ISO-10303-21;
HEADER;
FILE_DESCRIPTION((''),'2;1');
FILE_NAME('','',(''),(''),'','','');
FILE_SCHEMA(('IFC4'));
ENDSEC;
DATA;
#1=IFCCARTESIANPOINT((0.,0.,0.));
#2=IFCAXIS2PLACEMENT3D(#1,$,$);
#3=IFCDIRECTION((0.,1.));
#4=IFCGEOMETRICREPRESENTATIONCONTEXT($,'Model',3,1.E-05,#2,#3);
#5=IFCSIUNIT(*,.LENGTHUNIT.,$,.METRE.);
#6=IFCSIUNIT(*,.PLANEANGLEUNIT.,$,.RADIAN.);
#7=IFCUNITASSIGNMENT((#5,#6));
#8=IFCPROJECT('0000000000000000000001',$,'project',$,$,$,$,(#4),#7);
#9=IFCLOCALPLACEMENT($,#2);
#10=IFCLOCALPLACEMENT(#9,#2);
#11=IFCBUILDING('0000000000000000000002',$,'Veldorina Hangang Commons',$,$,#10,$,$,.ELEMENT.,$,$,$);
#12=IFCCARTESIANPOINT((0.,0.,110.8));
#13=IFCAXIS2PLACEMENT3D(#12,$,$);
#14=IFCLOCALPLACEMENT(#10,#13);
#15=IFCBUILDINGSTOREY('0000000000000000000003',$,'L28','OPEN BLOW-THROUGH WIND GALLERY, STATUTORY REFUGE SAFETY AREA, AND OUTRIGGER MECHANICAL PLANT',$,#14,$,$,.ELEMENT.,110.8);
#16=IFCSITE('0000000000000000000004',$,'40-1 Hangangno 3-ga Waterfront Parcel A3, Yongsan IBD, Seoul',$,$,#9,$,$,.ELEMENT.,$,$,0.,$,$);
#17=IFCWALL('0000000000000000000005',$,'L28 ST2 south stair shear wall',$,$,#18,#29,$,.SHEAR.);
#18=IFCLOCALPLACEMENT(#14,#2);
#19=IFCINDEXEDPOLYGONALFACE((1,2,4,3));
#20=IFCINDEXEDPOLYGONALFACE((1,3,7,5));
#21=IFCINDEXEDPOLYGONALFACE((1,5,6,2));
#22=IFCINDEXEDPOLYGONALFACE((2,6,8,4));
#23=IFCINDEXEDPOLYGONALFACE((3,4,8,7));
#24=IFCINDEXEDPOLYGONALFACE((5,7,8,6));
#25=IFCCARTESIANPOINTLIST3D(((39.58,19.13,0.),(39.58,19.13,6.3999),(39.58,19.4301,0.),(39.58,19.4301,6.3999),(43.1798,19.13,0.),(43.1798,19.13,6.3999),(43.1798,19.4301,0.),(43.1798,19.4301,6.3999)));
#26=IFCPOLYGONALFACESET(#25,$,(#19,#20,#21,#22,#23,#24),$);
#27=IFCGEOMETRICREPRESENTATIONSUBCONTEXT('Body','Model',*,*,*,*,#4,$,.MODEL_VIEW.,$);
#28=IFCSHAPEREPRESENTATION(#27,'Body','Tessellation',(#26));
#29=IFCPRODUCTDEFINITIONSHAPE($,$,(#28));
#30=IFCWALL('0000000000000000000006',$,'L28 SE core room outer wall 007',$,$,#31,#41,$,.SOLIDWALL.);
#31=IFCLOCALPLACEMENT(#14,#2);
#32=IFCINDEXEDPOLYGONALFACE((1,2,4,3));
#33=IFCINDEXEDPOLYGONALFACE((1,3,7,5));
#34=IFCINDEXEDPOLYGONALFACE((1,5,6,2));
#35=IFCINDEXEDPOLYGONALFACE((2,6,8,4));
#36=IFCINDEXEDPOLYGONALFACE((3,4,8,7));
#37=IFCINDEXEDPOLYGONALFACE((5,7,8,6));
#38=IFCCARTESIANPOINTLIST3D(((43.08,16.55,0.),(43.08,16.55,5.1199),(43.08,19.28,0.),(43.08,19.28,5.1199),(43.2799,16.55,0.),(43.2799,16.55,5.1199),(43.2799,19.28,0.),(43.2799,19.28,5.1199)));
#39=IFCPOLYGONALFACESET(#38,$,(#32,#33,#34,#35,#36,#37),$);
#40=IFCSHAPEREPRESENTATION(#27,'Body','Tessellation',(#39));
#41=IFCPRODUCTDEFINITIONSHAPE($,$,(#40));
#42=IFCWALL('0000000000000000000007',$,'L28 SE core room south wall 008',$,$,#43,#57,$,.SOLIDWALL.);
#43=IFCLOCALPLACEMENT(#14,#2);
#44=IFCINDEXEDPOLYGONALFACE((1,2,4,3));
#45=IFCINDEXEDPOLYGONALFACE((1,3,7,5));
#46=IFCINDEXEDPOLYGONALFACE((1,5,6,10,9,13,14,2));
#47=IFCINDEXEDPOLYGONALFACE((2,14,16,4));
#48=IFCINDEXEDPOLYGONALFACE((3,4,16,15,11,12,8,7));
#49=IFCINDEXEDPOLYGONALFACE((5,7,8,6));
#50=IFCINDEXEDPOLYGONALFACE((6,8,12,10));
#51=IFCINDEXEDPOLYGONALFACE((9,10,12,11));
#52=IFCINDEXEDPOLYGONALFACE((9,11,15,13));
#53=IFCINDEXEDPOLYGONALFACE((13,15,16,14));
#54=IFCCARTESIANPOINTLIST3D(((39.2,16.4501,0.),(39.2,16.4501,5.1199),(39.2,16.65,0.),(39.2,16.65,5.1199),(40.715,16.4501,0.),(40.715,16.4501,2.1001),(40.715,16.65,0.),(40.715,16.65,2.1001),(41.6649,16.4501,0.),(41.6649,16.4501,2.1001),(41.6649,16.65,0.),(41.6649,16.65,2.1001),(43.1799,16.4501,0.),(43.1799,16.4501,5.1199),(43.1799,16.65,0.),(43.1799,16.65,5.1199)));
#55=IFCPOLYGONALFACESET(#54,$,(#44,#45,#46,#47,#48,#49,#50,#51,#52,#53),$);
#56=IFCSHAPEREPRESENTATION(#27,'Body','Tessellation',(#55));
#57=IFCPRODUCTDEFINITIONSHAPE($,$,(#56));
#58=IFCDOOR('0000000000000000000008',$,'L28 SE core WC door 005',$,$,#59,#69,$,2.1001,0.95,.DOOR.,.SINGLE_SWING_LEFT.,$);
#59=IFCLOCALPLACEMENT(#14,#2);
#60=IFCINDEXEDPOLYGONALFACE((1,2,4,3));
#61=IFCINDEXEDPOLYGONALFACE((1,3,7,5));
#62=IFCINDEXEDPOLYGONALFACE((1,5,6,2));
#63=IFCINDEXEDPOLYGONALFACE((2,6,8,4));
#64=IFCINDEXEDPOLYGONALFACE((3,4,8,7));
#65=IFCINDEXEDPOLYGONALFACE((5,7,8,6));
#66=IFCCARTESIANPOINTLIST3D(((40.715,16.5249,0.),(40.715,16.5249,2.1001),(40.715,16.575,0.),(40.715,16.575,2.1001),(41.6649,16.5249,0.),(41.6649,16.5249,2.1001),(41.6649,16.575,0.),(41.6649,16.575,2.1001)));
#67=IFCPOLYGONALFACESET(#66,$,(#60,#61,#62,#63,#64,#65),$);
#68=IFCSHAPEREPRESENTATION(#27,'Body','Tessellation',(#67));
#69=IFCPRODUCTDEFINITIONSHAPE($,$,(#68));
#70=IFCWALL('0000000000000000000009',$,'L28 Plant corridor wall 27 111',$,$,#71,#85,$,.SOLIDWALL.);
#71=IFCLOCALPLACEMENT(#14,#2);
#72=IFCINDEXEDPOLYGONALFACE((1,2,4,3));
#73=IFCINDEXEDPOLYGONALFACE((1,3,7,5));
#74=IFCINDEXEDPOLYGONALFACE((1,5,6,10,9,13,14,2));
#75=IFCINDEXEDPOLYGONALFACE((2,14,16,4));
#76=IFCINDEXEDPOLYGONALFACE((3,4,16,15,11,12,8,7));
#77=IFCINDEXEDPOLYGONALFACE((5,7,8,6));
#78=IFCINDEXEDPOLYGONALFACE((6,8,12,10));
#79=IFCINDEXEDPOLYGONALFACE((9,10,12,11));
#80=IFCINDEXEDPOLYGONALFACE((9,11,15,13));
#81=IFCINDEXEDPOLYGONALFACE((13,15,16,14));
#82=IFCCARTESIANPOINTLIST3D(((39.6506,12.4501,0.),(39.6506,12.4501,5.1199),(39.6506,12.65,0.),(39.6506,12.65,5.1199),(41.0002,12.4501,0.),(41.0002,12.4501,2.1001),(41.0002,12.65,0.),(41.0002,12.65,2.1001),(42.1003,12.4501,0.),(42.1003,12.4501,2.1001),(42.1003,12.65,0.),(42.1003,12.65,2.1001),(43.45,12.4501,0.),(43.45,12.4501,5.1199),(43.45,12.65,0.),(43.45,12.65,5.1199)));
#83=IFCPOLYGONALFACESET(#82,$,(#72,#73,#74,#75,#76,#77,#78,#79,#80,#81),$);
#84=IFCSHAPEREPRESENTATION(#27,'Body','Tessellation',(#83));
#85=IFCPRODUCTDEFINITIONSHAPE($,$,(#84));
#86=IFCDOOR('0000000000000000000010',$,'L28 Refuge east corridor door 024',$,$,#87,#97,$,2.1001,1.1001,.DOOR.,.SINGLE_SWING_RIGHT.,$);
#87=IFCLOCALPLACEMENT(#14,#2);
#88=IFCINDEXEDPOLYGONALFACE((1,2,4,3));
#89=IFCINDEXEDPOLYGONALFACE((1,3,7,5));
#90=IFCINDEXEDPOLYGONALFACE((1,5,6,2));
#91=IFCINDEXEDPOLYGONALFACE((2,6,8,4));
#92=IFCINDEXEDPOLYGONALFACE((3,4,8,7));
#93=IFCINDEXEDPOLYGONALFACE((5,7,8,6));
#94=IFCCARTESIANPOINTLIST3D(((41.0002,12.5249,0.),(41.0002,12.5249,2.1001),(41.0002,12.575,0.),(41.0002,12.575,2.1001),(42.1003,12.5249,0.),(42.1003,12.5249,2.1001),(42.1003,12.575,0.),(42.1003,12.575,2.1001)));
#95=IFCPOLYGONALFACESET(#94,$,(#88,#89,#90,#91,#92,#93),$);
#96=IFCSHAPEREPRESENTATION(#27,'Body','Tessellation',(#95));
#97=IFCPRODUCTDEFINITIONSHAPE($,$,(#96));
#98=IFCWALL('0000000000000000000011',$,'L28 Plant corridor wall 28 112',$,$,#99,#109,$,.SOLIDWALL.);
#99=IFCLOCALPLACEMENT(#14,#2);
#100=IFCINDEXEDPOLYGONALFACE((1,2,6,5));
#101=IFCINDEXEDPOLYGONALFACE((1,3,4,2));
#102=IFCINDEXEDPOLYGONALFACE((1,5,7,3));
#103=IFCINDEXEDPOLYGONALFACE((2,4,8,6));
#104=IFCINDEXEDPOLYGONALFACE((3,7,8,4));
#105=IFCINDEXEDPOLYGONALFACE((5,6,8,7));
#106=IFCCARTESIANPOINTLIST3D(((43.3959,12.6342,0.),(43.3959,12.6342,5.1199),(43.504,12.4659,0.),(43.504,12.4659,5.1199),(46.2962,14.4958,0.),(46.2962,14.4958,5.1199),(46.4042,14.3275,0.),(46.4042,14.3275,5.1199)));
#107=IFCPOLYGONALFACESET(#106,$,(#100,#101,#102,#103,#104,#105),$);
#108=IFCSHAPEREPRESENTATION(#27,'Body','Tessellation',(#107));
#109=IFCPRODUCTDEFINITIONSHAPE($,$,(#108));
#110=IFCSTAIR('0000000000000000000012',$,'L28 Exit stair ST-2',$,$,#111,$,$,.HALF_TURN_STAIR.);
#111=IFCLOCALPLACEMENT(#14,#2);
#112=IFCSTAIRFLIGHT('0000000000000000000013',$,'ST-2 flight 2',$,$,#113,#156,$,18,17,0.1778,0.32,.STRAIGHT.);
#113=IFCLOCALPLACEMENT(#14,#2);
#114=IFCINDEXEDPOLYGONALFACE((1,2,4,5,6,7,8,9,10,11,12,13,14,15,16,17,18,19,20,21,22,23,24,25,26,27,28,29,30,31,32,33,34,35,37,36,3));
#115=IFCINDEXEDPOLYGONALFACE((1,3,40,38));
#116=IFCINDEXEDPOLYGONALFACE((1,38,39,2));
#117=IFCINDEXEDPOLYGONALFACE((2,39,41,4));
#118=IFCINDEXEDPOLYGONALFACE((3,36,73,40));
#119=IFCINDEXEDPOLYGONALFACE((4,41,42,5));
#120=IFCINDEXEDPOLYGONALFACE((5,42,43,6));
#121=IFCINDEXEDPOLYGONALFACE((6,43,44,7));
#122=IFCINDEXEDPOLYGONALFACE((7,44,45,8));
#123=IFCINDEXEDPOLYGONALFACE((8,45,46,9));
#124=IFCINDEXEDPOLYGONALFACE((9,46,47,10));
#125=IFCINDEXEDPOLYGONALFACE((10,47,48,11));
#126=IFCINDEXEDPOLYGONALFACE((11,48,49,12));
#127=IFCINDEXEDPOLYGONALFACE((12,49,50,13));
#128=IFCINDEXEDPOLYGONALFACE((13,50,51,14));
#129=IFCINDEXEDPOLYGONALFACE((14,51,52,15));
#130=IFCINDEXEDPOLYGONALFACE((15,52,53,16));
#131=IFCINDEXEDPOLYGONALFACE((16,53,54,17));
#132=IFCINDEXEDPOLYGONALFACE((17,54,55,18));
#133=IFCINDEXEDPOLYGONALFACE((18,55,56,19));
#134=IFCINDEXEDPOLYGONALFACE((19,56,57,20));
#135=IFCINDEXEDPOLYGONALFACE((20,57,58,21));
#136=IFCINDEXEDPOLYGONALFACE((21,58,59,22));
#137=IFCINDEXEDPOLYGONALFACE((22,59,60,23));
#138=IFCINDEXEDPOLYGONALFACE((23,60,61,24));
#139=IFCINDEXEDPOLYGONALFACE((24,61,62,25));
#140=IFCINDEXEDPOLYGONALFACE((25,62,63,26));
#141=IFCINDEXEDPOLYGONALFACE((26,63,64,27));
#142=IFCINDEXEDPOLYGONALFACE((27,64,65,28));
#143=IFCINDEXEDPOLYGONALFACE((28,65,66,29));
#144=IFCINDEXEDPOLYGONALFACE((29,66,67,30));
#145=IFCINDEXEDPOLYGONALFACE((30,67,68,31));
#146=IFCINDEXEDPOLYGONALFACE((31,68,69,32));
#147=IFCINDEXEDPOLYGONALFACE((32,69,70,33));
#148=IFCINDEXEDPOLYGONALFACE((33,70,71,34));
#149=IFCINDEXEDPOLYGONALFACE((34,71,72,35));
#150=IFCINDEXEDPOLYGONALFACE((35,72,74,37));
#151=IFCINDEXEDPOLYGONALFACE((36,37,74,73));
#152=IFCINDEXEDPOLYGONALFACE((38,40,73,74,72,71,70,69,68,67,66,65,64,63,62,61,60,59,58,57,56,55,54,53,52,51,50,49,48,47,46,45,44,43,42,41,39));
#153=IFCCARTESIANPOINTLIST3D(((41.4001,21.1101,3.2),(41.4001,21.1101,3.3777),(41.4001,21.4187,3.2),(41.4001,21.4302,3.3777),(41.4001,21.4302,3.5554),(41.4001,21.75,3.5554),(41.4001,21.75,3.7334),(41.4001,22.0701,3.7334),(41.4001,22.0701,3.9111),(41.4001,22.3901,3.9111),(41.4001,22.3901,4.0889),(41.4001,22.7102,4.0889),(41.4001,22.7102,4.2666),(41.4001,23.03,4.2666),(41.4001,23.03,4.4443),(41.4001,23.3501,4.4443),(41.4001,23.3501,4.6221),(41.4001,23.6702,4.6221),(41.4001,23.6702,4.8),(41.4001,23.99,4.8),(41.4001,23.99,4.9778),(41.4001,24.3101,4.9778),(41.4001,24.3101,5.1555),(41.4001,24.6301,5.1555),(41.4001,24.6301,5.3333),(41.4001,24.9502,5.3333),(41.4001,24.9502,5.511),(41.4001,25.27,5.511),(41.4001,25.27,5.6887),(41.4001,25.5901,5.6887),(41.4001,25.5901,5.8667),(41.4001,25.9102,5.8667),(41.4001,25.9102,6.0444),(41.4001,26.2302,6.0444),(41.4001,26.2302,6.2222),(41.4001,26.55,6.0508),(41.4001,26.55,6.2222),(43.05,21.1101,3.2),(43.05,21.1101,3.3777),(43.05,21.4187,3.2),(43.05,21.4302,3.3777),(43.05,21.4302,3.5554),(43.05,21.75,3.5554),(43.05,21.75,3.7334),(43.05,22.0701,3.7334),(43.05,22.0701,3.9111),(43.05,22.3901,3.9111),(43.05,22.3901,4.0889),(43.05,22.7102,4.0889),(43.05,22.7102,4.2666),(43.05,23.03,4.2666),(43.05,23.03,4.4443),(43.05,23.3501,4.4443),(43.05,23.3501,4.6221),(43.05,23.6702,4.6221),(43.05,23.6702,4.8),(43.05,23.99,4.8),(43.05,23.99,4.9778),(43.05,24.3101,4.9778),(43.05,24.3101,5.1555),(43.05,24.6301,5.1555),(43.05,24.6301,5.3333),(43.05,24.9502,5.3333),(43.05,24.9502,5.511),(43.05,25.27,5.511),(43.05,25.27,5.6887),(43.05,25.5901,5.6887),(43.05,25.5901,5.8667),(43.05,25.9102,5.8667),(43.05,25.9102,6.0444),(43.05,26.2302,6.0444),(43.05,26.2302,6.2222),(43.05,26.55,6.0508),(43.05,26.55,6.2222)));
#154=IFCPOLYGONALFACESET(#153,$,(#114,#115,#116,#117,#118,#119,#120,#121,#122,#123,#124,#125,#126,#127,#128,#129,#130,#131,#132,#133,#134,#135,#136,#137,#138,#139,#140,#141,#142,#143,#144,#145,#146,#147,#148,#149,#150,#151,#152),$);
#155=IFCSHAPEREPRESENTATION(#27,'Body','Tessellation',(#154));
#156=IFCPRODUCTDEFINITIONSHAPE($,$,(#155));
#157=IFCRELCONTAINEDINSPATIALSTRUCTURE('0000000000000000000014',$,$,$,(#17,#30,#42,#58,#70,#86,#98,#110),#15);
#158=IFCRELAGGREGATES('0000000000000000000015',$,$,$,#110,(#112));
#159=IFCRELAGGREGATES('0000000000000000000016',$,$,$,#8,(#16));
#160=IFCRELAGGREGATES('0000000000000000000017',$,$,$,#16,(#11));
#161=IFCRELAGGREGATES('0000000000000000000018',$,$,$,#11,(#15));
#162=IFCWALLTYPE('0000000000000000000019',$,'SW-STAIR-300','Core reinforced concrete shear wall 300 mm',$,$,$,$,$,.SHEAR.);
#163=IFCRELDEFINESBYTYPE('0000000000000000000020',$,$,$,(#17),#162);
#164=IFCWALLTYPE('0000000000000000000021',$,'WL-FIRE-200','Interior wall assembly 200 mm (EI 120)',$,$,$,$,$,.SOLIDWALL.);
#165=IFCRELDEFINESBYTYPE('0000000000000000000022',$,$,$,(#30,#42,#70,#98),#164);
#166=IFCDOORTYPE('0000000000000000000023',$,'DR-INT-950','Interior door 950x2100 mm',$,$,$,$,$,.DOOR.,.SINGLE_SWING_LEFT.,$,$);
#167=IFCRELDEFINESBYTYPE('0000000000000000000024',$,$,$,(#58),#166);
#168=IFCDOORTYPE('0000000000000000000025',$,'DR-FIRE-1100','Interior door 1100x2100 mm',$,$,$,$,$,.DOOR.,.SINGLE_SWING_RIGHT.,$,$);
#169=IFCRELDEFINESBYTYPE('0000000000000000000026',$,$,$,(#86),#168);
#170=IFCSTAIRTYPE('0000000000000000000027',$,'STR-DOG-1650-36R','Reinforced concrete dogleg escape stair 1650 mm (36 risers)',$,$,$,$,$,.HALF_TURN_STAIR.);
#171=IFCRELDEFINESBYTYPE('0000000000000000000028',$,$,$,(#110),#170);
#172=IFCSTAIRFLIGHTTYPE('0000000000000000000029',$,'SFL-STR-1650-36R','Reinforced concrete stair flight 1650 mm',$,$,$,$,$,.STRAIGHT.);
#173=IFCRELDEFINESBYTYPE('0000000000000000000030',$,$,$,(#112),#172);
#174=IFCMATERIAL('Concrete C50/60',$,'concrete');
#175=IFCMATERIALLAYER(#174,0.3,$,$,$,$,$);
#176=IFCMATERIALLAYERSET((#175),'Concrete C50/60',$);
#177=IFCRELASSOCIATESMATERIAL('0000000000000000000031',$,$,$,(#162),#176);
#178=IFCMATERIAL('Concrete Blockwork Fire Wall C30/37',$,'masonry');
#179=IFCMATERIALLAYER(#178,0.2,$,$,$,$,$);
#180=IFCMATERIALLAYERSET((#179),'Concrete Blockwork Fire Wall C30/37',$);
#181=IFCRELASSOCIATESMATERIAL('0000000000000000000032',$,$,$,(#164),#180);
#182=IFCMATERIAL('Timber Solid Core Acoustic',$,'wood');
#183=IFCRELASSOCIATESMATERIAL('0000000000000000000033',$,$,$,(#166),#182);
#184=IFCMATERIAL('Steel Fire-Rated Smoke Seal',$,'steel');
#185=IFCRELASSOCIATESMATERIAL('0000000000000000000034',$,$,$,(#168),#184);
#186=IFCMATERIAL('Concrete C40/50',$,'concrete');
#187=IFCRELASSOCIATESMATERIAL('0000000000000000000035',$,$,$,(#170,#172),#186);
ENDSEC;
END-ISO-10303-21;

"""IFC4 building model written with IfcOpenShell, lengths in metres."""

from ifc_helpers import new_model, si_unit, direction, frame, frame_2d, origin, place, context, subcontext, project, spatial, polyline, rectangle, outline, extrude, material, layer, layer_set, type_object, element, fill, aggregate, save


model = new_model("IFC4")

# Units and contexts
model_context = context("Model", 3, precision=1e-05, world=origin(), true_north=direction((0.0, 1.0)))
body_context = subcontext(model_context, "Body", "Model", "MODEL_VIEW")
ifc_project = project(units=[si_unit("LENGTHUNIT", "METRE"), si_unit("PLANEANGLEUNIT", "RADIAN")], contexts=[model_context])

# Site, building, storey
site_placement = place(None, origin())
site = spatial("IfcSite", under=ifc_project, at=site_placement, Name="40-1 Hangangno 3-ga Waterfront Parcel A3, Yongsan IBD, Seoul", CompositionType="ELEMENT", RefElevation=0.0)
building_placement = place(site_placement, origin())
building = spatial("IfcBuilding", under=site, at=building_placement, Name="Veldorina Hangang Commons", CompositionType="ELEMENT")
storey_placement = place(building_placement, frame((0.0, 0.0, 110.8)))
storey = spatial("IfcBuildingStorey", under=building, at=storey_placement, Name="L28", Description="OPEN BLOW-THROUGH WIND GALLERY, STATUTORY REFUGE SAFETY AREA, AND OUTRIGGER MECHANICAL PLANT", CompositionType="ELEMENT", Elevation=110.8)

# Walls
ifc_material_1 = material(Name="Concrete C50/60", Category="concrete")
ifc_layer_1 = layer(ifc_material_1, 0.3)
ifc_layer_set_1 = layer_set([ifc_layer_1], Name="Concrete C50/60")
wall_type_1 = type_object("IfcWallType", Name="SW-STAIR-300", Description="Core reinforced concrete shear wall 300 mm", PredefinedType="SHEAR", material=ifc_layer_set_1)
wall_1_placement = place(storey_placement, frame((39.5801, 19.28, 0.0), z_axis=(0.0, 0.0, 1.0), x_axis=(1.0, 0.0, 0.0)))
element("IfcWall", 1, at=wall_1_placement, inside=storey, type_object=wall_type_1, Name="L28 ST2 south stair shear wall", PredefinedType="SHEAR", context=body_context, shape_type="SweptSolid", body=[
    extrude(rectangle(XDim=3.5999, YDim=0.3, at=frame_2d((1.7998, 0.0))), origin(), (0.0, 0.0, 1.0), 6.3999),
])
ifc_material_2 = material(Name="Concrete Blockwork Fire Wall C30/37", Category="masonry")
ifc_layer_2 = layer(ifc_material_2, 0.2)
ifc_layer_set_2 = layer_set([ifc_layer_2], Name="Concrete Blockwork Fire Wall C30/37")
wall_type_2 = type_object("IfcWallType", Name="WL-FIRE-200", Description="Interior wall assembly 200 mm (EI 120)", PredefinedType="SOLIDWALL", material=ifc_layer_set_2)
wall_2_placement = place(storey_placement, frame((43.1799, 16.55, 0.0), z_axis=(0.0, 0.0, 1.0), x_axis=(0.0, 1.0, 0.0)))
element("IfcWall", 2, at=wall_2_placement, inside=storey, type_object=wall_type_2, Name="L28 SE core room outer wall 007", PredefinedType="SOLIDWALL", context=body_context, shape_type="SweptSolid", body=[
    extrude(rectangle(XDim=2.73, YDim=0.2, at=frame_2d((1.365, 0.0))), origin(), (0.0, 0.0, 1.0), 5.1199),
])

# Walls, openings, doors
wall_3_placement = place(storey_placement, frame((39.2, 16.55, 0.0), z_axis=(0.0, 0.0, 1.0), x_axis=(1.0, 0.0, 0.0)))
wall_3 = element("IfcWall", 3, at=wall_3_placement, inside=storey, type_object=wall_type_2, Name="L28 SE core room south wall 008", PredefinedType="SOLIDWALL", context=body_context, shape_type="SweptSolid", body=[
    extrude(rectangle(XDim=3.98, YDim=0.2, at=frame_2d((1.99, 0.0))), origin(), (0.0, 0.0, 1.0), 5.1199),
])
opening_1_placement = place(wall_3_placement, frame((1.5149, 0.0, 0.0)))
opening_1 = element("IfcOpeningElement", 4, at=opening_1_placement, cuts=wall_3, PredefinedType="OPENING", context=body_context, shape_type="SweptSolid", body=[
    extrude(rectangle(XDim=0.95, YDim=2.1001, at=frame_2d((0.4751, 1.05))), frame((0.0, 0.1099, 0.0), z_axis=(0.0, -1.0, 0.0), x_axis=(1.0, 0.0, 0.0)), (0.0, 0.0, 1.0), 0.22),
])
ifc_material_3 = material(Name="Timber Solid Core Acoustic", Category="wood")
door_type_1 = type_object("IfcDoorType", Name="DR-INT-950", Description="Interior door 950x2100 mm", OperationType="SINGLE_SWING_LEFT", PredefinedType="DOOR", material=ifc_material_3)
door_1_placement = place(opening_1_placement, origin())
door_1 = element("IfcDoor", 5, at=door_1_placement, inside=storey, type_object=door_type_1, Name="L28 SE core WC door 005", OperationType="SINGLE_SWING_LEFT", OverallHeight=2.1001, OverallWidth=0.95, PredefinedType="DOOR", context=body_context, shape_type="SweptSolid", body=[
    extrude(rectangle(XDim=0.95, YDim=2.1001, at=frame_2d((0.4751, 1.05))), frame((0.0, 0.0249, 0.0), z_axis=(0.0, -1.0, 0.0), x_axis=(1.0, 0.0, 0.0)), (0.0, 0.0, 1.0), 0.05),
])
fill(opening_1, door_1)
wall_4_placement = place(storey_placement, frame((39.6506, 12.55, 0.0), z_axis=(0.0, 0.0, 1.0), x_axis=(1.0, 0.0, 0.0)))
wall_4 = element("IfcWall", 6, at=wall_4_placement, inside=storey, type_object=wall_type_2, Name="L28 Plant corridor wall 27 111", PredefinedType="SOLIDWALL", context=body_context, shape_type="SweptSolid", body=[
    extrude(rectangle(XDim=3.7993, YDim=0.2, at=frame_2d((1.8997, 0.0))), origin(), (0.0, 0.0, 1.0), 5.1199),
])
opening_2_placement = place(wall_4_placement, frame((1.3496, 0.0, 0.0)))
opening_2 = element("IfcOpeningElement", 7, at=opening_2_placement, cuts=wall_4, PredefinedType="OPENING", context=body_context, shape_type="SweptSolid", body=[
    extrude(rectangle(XDim=1.1001, YDim=2.1001, at=frame_2d((0.55, 1.05))), frame((0.0, 0.1099, 0.0), z_axis=(0.0, -1.0, 0.0), x_axis=(1.0, 0.0, 0.0)), (0.0, 0.0, 1.0), 0.22),
])
ifc_material_4 = material(Name="Steel Fire-Rated Smoke Seal", Category="steel")
door_type_2 = type_object("IfcDoorType", Name="DR-FIRE-1100", Description="Interior door 1100x2100 mm", OperationType="SINGLE_SWING_RIGHT", PredefinedType="DOOR", material=ifc_material_4)
door_2_placement = place(opening_2_placement, origin())
door_2 = element("IfcDoor", 8, at=door_2_placement, inside=storey, type_object=door_type_2, Name="L28 Refuge east corridor door 024", OperationType="SINGLE_SWING_RIGHT", OverallHeight=2.1001, OverallWidth=1.1001, PredefinedType="DOOR", context=body_context, shape_type="SweptSolid", body=[
    extrude(rectangle(XDim=1.1001, YDim=2.1001, at=frame_2d((0.55, 1.05))), frame((0.0, 0.0249, 0.0), z_axis=(0.0, -1.0, 0.0), x_axis=(1.0, 0.0, 0.0)), (0.0, 0.0, 1.0), 0.05),
])
fill(opening_2, door_2)

# Wall
wall_5_placement = place(storey_placement, frame((43.45, 12.55, 0.0), z_axis=(0.0, 0.0, 1.0), x_axis=(0.841549, 0.540181, 0.0)))
element("IfcWall", 9, at=wall_5_placement, inside=storey, type_object=wall_type_2, Name="L28 Plant corridor wall 28 112", PredefinedType="SOLIDWALL", context=body_context, shape_type="SweptSolid", body=[
    extrude(rectangle(XDim=3.4463, YDim=0.2, at=frame_2d((1.7231, 0.0))), origin(), (0.0, 0.0, 1.0), 5.1199),
])

# Stair, stair flight
ifc_material_5 = material(Name="Concrete C40/50", Category="concrete")
stair_type = type_object("IfcStairType", Name="STR-DOG-1650-36R", Description="Reinforced concrete dogleg escape stair 1650 mm (36 risers)", PredefinedType="HALF_TURN_STAIR", material=ifc_material_5)
stair_placement = place(storey_placement, origin())
stair = element("IfcStair", 10, at=stair_placement, inside=storey, type_object=stair_type, Name="L28 Exit stair ST-2", PredefinedType="HALF_TURN_STAIR")
stair_flight_type = type_object("IfcStairFlightType", Name="SFL-STR-1650-36R", Description="Reinforced concrete stair flight 1650 mm", PredefinedType="STRAIGHT", material=ifc_material_5)
stair_flight_placement = place(storey_placement, frame((42.2251, 21.1101, 3.2), z_axis=(0.0, 0.0, 1.0), x_axis=(0.0, 1.0, 0.0)))
stair_flight = element("IfcStairFlight", 11, at=stair_flight_placement, type_object=stair_flight_type, Name="ST-2 flight 2", NumberOfRisers=18, NumberOfTreads=17, PredefinedType="STRAIGHT", RiserHeight=0.1778, TreadLength=0.32, context=body_context, shape_type="SweptSolid", body=[
    extrude(outline(polyline([(0.0, 0.0), (0.0, 0.1777), (0.3201, 0.1777), (0.3201, 0.3555), (0.6399, 0.3555), (0.6399, 0.5334), (0.96, 0.5334), (0.96, 0.7112), (1.28, 0.7112), (1.28, 0.8889), (1.6001, 0.8889), (1.6001, 1.0667), (1.9199, 1.0667), (1.9199, 1.2444), (2.24, 1.2444), (2.24, 1.4221), (2.5601, 1.4221), (2.5601, 1.6001), (2.8799, 1.6001), (2.8799, 1.7778), (3.2, 1.7778), (3.2, 1.9556), (3.52, 1.9556), (3.52, 2.1333), (3.8401, 2.1333), (3.8401, 2.311), (4.1599, 2.311), (4.1599, 2.4888), (4.48, 2.4888), (4.48, 2.6667), (4.8, 2.6667), (4.8, 2.8445), (5.1201, 2.8445), (5.1201, 3.0222), (5.4399, 3.0222), (5.4399, 3.2), (5.4399, 2.8508), (0.3086, 0.0), (0.0, 0.0)])), frame((0.0, 0.825, 0.0), z_axis=(0.0, -1.0, 0.0), x_axis=(1.0, 0.0, 0.0)), (0.0, 0.0, 1.0), 1.6499),
])
aggregate(stair, [stair_flight])

save(model, "model.ifc")
